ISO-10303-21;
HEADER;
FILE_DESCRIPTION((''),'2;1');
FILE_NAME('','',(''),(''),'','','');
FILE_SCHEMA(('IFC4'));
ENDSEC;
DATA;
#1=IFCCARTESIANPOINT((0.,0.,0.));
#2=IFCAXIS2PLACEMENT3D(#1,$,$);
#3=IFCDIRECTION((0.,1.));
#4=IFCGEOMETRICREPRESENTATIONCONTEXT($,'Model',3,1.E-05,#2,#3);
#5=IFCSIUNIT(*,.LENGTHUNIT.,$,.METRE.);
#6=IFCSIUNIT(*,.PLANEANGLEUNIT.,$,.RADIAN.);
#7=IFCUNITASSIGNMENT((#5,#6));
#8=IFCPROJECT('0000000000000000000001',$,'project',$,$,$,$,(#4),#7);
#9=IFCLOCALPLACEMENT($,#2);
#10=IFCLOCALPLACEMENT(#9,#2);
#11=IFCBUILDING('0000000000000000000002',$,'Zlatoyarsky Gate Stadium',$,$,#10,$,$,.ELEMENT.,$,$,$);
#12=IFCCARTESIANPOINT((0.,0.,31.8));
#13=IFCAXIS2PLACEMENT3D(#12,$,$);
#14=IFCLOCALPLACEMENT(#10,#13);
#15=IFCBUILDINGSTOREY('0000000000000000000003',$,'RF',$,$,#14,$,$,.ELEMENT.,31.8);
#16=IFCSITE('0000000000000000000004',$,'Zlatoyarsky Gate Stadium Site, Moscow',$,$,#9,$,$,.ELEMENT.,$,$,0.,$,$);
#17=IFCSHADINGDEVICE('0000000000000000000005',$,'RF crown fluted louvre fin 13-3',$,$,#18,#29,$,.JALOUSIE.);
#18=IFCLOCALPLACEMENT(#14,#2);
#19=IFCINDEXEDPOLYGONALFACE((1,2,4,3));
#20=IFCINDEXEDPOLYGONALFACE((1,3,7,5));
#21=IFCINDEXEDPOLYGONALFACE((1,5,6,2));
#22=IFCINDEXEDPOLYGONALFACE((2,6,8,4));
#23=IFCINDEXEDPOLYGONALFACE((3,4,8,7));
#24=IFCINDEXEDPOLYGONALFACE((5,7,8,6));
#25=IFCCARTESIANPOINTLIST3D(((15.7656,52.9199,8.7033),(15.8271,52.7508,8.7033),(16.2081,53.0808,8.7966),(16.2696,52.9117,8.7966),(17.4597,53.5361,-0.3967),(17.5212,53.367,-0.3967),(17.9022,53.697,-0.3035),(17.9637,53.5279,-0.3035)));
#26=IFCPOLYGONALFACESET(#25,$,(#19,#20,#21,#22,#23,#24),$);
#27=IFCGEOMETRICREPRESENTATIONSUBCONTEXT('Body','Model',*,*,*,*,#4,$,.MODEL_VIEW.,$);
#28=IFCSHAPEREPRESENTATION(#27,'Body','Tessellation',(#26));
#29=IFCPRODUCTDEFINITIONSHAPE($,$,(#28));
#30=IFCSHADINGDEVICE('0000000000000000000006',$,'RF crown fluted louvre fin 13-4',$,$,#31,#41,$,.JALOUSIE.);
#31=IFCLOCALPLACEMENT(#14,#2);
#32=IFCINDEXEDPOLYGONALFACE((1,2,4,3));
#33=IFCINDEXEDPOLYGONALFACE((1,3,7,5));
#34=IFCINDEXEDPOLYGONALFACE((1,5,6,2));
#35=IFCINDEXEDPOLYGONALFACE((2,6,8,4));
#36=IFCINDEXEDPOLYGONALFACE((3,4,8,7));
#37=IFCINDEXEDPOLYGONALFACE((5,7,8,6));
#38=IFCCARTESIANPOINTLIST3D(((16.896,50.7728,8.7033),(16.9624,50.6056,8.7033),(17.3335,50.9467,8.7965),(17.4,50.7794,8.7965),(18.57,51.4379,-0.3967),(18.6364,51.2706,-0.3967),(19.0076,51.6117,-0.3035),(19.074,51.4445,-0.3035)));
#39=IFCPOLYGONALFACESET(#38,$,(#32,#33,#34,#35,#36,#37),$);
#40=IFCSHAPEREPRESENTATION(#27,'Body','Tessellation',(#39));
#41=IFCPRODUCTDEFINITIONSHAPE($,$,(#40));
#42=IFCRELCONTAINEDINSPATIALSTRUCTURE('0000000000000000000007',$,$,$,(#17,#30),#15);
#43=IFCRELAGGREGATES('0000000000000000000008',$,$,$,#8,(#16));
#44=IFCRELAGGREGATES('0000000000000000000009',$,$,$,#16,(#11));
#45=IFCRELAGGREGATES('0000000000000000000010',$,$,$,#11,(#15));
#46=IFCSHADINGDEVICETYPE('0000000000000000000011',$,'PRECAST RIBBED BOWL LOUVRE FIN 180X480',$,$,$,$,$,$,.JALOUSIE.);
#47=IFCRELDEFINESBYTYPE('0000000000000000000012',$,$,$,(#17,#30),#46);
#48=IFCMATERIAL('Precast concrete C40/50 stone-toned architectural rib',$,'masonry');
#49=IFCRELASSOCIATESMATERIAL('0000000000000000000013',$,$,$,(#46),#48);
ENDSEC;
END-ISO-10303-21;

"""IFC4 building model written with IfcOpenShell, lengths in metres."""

from ifc_helpers import new_model, si_unit, direction, frame, origin, origin_2d, place, context, subcontext, project, spatial, rectangle, extrude, material, material_profile, profile_set, type_object, element, save


model = new_model("IFC4")

# Units and contexts
model_context = context("Model", 3, precision=1e-05, world=origin(), true_north=direction((0.0, 1.0)))
body_context = subcontext(model_context, "Body", "Model", "MODEL_VIEW")
ifc_project = project(units=[si_unit("LENGTHUNIT", "METRE"), si_unit("PLANEANGLEUNIT", "RADIAN")], contexts=[model_context])

# Site, building, storey
site_placement = place(None, origin())
site = spatial("IfcSite", under=ifc_project, at=site_placement, Name="Zlatoyarsky Gate Stadium Site, Moscow", CompositionType="ELEMENT", RefElevation=0.0)
building_placement = place(site_placement, origin())
building = spatial("IfcBuilding", under=site, at=building_placement, Name="Zlatoyarsky Gate Stadium", CompositionType="ELEMENT")
storey_placement = place(building_placement, frame((0.0, 0.0, 31.8)))
storey = spatial("IfcBuildingStorey", under=building, at=storey_placement, Name="RF", CompositionType="ELEMENT", Elevation=31.8)

# Shading devices
ifc_material_1 = material(Name="Precast concrete C40/50 stone-toned architectural rib", Category="masonry")
ifc_material_profile_1 = material_profile(ifc_material_1, rectangle(XDim=0.1799, YDim=0.48, at=origin_2d()), Name="RIB 180X480")
ifc_profile_set_1 = profile_set([ifc_material_profile_1], Name="Precast concrete C40/50 stone-toned architectural rib")
shading_device_type = type_object("IfcShadingDeviceType", Name="PRECAST RIBBED BOWL LOUVRE FIN 180X480", PredefinedType="JALOUSIE", material=ifc_profile_set_1)
shading_device_1_placement = place(storey_placement, frame((17.7117, 53.532, -0.3501), z_axis=(-0.182613, -0.066424, 0.980938), x_axis=(0.34183, -0.939762, 0.0)))
element("IfcShadingDevice", 1, at=shading_device_1_placement, inside=storey, type_object=shading_device_type, Name="RF crown fluted louvre fin 13-3", PredefinedType="JALOUSIE", context=body_context, shape_type="SweptSolid", body=[
    extrude(rectangle(XDim=0.1799, YDim=0.48, at=origin_2d()), origin(), (0.0, 0.0, 1.0), 9.2769),
])
shading_device_2_placement = place(storey_placement, frame((18.822, 51.4412, -0.3501), z_axis=(-0.180461, -0.071689, 0.980966), x_axis=(0.369193, -0.929353, 0.0)))
element("IfcShadingDevice", 2, at=shading_device_2_placement, inside=storey, type_object=shading_device_type, Name="RF crown fluted louvre fin 13-4", PredefinedType="JALOUSIE", context=body_context, shape_type="SweptSolid", body=[
    extrude(rectangle(XDim=0.1799, YDim=0.48, at=origin_2d()), origin(), (0.0, 0.0, 1.0), 9.2766),
])

save(model, "model.ifc")
